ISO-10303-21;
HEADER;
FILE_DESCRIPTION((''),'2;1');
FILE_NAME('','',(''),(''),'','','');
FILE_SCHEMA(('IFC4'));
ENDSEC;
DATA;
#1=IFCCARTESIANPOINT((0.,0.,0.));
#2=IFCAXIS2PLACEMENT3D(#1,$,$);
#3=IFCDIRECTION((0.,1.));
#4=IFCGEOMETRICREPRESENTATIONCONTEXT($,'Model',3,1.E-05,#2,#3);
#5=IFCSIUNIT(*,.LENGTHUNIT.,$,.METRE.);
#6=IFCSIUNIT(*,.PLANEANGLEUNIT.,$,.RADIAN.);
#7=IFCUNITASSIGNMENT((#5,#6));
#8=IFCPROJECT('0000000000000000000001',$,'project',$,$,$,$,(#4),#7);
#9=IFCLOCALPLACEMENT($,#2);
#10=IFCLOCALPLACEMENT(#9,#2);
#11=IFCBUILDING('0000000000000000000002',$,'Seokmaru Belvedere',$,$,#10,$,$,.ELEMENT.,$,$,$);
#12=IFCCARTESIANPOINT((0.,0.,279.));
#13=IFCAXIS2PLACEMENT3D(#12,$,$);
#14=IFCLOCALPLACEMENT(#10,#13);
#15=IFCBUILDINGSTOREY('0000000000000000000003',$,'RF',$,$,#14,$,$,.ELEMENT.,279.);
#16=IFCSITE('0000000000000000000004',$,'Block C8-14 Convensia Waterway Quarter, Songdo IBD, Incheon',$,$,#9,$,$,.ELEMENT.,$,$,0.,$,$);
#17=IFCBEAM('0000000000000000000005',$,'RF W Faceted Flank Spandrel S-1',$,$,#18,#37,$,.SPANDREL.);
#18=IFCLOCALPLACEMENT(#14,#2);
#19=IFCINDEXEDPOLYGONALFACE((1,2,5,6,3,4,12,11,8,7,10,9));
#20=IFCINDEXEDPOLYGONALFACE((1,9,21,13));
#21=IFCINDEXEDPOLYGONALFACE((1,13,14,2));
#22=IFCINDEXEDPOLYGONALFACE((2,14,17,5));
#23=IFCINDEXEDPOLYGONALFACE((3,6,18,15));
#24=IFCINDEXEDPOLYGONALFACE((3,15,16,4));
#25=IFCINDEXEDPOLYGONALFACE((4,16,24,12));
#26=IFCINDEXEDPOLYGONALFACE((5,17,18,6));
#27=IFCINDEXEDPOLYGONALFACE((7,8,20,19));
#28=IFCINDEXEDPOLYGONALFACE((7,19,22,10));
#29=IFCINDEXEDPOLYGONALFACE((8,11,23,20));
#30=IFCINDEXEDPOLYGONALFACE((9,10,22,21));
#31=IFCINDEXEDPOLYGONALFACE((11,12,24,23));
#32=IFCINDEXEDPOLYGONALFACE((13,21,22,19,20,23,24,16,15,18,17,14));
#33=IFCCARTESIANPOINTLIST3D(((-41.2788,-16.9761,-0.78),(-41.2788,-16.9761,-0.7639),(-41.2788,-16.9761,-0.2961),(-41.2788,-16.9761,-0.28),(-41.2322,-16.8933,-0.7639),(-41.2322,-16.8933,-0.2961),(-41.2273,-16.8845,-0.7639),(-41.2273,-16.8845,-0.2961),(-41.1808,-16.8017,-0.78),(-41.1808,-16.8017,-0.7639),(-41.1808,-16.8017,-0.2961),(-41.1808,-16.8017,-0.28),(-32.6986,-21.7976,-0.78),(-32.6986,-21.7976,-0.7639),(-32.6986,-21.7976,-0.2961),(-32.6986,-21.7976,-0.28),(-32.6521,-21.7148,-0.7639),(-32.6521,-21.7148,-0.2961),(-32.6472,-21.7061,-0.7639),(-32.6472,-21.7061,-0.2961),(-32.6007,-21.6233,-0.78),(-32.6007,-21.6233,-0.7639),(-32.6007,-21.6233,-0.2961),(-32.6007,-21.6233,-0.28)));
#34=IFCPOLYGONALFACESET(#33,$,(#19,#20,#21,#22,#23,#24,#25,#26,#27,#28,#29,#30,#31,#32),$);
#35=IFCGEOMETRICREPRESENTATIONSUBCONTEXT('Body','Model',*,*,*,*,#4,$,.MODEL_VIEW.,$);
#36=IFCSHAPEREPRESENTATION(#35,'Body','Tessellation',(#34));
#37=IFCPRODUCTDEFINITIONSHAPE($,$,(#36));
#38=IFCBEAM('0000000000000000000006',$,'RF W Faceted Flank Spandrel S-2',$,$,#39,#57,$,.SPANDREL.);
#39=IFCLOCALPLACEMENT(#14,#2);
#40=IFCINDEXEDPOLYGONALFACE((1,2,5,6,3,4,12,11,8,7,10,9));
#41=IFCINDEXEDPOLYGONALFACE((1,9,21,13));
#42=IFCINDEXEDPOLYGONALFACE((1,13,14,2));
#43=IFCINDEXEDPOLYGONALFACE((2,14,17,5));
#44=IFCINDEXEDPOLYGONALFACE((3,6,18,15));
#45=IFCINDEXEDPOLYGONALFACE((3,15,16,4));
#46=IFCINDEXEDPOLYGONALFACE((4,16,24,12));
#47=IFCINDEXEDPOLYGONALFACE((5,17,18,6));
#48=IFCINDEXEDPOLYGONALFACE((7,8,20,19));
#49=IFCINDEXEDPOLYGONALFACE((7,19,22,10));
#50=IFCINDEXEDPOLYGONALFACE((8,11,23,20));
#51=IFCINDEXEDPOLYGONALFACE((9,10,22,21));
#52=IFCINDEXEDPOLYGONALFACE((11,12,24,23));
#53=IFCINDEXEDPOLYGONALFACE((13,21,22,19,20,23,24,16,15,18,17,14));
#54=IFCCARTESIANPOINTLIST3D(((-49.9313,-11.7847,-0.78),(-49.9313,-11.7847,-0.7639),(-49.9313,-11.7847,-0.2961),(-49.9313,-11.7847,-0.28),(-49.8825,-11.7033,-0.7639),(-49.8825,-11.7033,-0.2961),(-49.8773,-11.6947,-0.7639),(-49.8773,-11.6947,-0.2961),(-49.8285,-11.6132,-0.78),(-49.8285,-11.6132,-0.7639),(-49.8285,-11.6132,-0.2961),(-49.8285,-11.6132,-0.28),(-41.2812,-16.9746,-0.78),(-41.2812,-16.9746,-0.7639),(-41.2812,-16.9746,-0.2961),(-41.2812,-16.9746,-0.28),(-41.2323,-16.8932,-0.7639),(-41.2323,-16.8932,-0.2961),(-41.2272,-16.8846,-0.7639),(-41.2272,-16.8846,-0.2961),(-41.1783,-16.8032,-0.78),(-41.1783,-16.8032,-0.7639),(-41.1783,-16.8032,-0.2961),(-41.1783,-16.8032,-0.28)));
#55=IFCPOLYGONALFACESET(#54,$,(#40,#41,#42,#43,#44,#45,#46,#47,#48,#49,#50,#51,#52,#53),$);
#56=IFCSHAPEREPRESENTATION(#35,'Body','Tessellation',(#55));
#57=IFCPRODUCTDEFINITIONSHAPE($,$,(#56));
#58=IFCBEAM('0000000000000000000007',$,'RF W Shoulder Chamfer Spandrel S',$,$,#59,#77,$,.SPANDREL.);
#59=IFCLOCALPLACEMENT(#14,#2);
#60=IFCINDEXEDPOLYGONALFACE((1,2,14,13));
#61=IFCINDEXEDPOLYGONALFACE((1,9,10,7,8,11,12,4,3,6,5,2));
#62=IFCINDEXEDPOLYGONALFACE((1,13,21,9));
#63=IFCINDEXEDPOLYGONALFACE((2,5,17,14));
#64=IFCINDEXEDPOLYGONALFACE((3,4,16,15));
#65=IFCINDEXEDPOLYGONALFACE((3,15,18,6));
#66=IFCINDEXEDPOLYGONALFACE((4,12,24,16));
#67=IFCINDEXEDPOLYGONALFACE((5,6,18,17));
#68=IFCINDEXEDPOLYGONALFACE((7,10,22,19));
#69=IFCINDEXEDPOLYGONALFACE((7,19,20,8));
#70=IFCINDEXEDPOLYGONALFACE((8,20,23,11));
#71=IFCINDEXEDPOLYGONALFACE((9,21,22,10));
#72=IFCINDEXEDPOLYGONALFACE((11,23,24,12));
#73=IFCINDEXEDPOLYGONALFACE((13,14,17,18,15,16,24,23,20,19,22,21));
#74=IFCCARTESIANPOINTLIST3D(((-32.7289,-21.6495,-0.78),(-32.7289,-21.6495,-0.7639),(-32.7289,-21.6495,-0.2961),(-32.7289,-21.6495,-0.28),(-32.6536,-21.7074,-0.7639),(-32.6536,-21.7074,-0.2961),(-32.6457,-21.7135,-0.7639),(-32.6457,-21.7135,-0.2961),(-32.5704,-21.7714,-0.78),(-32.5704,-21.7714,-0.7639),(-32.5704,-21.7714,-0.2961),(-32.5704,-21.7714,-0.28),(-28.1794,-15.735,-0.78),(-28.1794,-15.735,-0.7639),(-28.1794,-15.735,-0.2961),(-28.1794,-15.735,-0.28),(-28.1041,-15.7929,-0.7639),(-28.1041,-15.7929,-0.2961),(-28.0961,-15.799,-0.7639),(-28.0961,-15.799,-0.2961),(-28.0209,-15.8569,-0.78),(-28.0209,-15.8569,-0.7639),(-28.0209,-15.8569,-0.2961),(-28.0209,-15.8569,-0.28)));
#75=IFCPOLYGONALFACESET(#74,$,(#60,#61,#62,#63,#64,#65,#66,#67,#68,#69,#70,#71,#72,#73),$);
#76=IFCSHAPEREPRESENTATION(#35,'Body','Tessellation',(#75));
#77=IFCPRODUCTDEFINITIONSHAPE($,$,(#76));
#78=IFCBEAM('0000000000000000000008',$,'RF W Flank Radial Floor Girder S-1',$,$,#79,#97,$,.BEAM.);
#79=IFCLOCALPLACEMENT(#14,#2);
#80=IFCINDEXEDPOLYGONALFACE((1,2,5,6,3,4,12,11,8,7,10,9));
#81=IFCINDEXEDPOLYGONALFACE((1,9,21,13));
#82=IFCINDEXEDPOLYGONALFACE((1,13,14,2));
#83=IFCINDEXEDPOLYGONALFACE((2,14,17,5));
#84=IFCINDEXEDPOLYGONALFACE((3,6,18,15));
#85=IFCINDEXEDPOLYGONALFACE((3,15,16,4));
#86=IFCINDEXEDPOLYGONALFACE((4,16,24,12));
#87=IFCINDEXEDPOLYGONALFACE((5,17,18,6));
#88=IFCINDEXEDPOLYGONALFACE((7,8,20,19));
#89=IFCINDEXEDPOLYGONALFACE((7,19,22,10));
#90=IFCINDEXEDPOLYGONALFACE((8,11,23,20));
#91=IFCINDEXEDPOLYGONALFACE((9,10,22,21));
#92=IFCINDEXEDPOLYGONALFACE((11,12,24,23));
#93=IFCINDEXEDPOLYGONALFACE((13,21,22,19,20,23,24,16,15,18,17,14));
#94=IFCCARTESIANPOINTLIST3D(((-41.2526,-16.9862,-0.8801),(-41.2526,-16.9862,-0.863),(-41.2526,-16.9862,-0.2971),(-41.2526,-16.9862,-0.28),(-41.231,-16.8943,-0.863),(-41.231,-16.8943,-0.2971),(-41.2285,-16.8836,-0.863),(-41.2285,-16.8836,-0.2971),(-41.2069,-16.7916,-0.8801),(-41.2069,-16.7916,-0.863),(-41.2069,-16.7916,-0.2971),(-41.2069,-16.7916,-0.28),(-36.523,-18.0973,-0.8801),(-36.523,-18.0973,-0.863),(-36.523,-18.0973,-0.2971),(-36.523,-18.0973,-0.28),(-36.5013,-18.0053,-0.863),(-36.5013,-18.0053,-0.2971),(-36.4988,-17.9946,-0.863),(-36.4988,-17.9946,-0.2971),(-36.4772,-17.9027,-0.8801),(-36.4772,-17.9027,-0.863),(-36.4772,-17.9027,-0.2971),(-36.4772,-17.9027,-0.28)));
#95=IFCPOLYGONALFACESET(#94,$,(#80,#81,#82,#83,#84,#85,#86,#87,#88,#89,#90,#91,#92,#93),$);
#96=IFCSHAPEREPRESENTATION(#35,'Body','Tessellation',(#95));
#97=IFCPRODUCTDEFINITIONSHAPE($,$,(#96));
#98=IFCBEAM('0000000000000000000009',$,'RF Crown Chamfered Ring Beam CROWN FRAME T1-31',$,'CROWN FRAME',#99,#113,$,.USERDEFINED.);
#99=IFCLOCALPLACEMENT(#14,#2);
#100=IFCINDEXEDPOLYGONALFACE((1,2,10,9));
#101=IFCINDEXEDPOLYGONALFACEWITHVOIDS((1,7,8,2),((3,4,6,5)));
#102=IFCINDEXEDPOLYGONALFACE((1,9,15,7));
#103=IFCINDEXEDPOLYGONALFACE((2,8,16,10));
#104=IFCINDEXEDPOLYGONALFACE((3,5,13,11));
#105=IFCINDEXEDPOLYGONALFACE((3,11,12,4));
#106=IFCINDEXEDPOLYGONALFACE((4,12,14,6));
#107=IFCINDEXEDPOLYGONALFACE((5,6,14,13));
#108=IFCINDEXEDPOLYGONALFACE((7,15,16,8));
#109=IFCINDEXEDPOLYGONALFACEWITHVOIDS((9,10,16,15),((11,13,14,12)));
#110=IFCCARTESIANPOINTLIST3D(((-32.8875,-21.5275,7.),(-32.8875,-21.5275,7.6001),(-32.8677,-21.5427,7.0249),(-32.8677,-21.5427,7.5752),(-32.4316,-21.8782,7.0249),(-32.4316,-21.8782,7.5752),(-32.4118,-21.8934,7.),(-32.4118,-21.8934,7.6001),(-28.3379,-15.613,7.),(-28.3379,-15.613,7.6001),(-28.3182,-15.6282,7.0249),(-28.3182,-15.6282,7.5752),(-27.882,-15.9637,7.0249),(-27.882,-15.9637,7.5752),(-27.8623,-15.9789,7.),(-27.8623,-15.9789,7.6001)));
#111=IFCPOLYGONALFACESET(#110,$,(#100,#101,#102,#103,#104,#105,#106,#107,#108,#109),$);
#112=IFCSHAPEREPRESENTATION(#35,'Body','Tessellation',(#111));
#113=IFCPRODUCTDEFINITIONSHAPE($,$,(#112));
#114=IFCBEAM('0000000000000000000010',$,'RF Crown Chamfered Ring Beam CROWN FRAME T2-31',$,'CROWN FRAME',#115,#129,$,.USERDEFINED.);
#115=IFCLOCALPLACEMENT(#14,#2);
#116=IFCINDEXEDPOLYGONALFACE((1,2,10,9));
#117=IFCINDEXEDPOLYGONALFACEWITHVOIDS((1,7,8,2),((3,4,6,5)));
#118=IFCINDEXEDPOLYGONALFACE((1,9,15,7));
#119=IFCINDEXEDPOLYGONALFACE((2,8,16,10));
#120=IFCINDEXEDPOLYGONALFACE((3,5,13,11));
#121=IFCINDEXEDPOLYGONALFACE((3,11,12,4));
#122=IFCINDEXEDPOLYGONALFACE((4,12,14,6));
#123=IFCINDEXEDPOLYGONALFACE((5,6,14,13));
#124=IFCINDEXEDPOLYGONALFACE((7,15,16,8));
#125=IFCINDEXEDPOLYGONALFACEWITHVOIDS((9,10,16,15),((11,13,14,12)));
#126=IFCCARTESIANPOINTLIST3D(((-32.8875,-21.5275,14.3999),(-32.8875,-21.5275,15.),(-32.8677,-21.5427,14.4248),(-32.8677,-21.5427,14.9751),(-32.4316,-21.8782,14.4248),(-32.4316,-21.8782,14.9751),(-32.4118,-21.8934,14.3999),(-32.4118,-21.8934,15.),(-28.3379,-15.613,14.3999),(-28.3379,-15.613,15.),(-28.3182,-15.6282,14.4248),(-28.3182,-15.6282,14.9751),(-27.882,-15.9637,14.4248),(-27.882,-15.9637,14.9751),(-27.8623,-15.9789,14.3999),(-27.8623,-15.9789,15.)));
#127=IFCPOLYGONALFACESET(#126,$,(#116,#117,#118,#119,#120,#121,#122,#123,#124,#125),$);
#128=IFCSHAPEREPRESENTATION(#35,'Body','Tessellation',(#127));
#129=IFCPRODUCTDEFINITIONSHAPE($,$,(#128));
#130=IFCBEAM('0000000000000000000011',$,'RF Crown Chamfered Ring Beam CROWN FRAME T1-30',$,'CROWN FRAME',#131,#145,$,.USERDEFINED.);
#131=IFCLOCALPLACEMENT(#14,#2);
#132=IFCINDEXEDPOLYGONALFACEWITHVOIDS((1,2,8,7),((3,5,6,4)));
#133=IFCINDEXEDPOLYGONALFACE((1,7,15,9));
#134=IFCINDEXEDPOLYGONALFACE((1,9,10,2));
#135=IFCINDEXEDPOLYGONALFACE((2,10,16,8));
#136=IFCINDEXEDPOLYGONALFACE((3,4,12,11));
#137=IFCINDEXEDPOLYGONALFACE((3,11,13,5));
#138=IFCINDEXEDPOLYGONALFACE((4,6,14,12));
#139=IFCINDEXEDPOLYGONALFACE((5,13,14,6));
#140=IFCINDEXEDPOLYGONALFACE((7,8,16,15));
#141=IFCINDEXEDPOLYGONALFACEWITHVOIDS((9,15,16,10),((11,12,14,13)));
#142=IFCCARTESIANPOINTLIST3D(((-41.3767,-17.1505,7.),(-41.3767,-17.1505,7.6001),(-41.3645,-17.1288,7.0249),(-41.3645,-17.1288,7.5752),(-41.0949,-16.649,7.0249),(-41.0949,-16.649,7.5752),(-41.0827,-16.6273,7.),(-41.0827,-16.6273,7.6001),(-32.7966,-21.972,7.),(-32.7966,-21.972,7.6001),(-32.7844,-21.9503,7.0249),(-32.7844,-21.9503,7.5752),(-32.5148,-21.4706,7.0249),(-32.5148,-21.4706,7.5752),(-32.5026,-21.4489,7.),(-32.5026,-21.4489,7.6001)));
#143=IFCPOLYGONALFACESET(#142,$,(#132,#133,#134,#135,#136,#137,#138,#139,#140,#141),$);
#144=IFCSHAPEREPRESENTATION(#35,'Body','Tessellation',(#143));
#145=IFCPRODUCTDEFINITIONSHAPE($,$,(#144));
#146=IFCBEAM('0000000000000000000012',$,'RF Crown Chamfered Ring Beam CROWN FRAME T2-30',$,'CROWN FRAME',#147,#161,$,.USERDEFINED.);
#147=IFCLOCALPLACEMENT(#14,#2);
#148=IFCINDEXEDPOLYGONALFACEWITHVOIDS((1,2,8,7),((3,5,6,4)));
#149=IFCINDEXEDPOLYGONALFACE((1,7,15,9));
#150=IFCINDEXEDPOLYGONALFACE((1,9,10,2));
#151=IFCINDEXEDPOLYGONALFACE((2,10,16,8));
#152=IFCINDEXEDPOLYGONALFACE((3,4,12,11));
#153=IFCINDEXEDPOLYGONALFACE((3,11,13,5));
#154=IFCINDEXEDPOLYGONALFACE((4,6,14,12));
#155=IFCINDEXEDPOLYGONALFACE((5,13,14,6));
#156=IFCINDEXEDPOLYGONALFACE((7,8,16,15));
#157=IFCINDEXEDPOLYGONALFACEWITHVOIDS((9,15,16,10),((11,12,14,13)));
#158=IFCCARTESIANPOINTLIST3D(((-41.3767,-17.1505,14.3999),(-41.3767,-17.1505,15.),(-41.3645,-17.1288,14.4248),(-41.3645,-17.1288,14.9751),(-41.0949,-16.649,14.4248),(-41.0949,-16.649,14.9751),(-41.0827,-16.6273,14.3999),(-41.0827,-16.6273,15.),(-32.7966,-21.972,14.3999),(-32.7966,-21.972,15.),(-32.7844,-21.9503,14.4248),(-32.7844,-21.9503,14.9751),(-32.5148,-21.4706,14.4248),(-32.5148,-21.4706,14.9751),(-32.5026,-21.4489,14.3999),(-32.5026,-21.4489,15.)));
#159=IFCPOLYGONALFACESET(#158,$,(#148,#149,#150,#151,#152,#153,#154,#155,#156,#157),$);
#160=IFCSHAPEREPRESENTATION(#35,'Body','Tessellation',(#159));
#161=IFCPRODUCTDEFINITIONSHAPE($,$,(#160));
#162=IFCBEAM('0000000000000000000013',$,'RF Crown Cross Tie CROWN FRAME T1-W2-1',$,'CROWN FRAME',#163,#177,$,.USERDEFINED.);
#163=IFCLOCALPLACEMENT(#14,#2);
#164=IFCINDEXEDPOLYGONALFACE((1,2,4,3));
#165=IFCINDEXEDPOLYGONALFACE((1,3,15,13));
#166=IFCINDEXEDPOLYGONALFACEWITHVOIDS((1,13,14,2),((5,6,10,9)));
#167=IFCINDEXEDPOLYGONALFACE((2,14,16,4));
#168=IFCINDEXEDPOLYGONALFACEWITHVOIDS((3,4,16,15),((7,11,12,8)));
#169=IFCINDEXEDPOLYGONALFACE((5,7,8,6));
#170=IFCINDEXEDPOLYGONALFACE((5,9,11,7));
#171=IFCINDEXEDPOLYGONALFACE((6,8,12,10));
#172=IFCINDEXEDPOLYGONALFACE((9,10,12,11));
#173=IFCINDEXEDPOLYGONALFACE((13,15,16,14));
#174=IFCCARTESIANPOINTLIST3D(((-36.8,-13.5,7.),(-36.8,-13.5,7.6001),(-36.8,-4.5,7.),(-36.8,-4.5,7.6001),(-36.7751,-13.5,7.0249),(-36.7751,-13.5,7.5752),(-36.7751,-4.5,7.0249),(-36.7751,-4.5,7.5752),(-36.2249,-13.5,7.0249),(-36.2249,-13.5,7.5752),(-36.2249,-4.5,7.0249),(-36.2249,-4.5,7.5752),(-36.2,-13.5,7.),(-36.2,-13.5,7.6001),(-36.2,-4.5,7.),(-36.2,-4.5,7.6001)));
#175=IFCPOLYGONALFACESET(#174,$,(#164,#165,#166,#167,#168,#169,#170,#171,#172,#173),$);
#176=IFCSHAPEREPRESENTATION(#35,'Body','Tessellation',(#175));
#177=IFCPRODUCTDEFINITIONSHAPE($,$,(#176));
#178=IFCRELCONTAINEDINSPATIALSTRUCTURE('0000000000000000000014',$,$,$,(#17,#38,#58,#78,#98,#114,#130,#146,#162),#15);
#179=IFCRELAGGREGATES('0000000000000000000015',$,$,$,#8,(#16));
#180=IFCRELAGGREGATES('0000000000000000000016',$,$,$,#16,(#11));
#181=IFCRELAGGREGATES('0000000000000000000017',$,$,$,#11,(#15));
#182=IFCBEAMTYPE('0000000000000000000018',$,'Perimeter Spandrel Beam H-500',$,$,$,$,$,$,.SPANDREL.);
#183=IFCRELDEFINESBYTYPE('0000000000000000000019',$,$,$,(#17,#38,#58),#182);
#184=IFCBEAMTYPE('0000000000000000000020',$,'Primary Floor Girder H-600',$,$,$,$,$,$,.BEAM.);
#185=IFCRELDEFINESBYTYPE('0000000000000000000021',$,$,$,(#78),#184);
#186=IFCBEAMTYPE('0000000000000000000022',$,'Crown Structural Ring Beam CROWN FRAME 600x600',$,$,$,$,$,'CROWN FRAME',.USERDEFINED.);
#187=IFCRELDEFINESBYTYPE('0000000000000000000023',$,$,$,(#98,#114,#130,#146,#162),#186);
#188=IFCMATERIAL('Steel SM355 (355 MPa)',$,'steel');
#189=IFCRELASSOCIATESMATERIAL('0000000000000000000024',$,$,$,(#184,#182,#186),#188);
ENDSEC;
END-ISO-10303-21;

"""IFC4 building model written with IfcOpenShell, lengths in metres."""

from ifc_helpers import new_model, si_unit, direction, frame, origin, origin_2d, place, context, subcontext, project, spatial, hollow_rectangle, i_section, extrude, source, transform, mapped, material, material_profile, profile_set, type_object, type_shapes, element, save


model = new_model("IFC4")

# Units and contexts
model_context = context("Model", 3, precision=1e-05, world=origin(), true_north=direction((0.0, 1.0)))
body_context = subcontext(model_context, "Body", "Model", "MODEL_VIEW")
ifc_project = project(units=[si_unit("LENGTHUNIT", "METRE"), si_unit("PLANEANGLEUNIT", "RADIAN")], contexts=[model_context])

# Site, building, storey
site_placement = place(None, origin())
site = spatial("IfcSite", under=ifc_project, at=site_placement, Name="Block C8-14 Convensia Waterway Quarter, Songdo IBD, Incheon", CompositionType="ELEMENT", RefElevation=0.0)
building_placement = place(site_placement, origin())
building = spatial("IfcBuilding", under=site, at=building_placement, Name="Seokmaru Belvedere", CompositionType="ELEMENT")
storey_placement = place(building_placement, frame((0.0, 0.0, 279.0)))
storey = spatial("IfcBuildingStorey", under=building, at=storey_placement, Name="RF", CompositionType="ELEMENT", Elevation=279.0)

# Shared definitions
ifc_material_1 = material(Name="Steel SM355 (355 MPa)", Category="steel")

# Beams
ifc_material_profile_1 = material_profile(ifc_material_1, i_section(OverallWidth=0.2, OverallDepth=0.6001, WebThickness=0.011, FlangeThickness=0.0171, at=origin_2d()), Name="H-600x200x11x17")
ifc_profile_set_1 = profile_set([ifc_material_profile_1], Name="Steel SM355 (355 MPa)")
beam_type_1 = type_object("IfcBeamType", Name="Primary Floor Girder H-600", PredefinedType="BEAM", material=ifc_profile_set_1)
ifc_material_profile_2 = material_profile(ifc_material_1, i_section(OverallWidth=0.2, OverallDepth=0.5, WebThickness=0.01, FlangeThickness=0.0161, at=origin_2d()), Name="H-500x200x10x16")
ifc_profile_set_2 = profile_set([ifc_material_profile_2], Name="Steel SM355 (355 MPa)")
beam_type_2 = type_object("IfcBeamType", Name="Perimeter Spandrel Beam H-500", PredefinedType="SPANDREL", material=ifc_profile_set_2)
shared_shape_1 = source(origin(), body_context, "Body", "SweptSolid", [
    extrude(i_section(OverallWidth=0.2, OverallDepth=0.5, WebThickness=0.01, FlangeThickness=0.0161, at=origin_2d()), origin(), (0.0, 0.0, 1.0), 9.842),
])
beam_1_placement = place(storey_placement, frame((-32.6497, -21.7104, -0.53), z_axis=(-0.871782, 0.489894, 0.0), x_axis=(-0.489894, -0.871782, 0.0)))
element("IfcBeam", 1, at=beam_1_placement, inside=storey, type_object=beam_type_2, Name="RF W Faceted Flank Spandrel S-1", PredefinedType="SPANDREL", context=body_context, shape_type="MappedRepresentation", body=[
    mapped(shared_shape_1, transform((0.0, 0.0, 0.0), scale=1.0)),
])
shared_shape_2 = source(origin(), body_context, "Body", "SweptSolid", [
    extrude(i_section(OverallWidth=0.2, OverallDepth=0.5, WebThickness=0.01, FlangeThickness=0.0161, at=origin_2d()), origin(), (0.0, 0.0, 1.0), 10.0876),
])
beam_2_placement = place(storey_placement, frame((-41.2297, -16.8889, -0.53), z_axis=(-0.857499, 0.514485, 0.0), x_axis=(-0.514485, -0.857499, 0.0)))
element("IfcBeam", 2, at=beam_2_placement, inside=storey, type_object=beam_type_2, Name="RF W Faceted Flank Spandrel S-2", PredefinedType="SPANDREL", context=body_context, shape_type="MappedRepresentation", body=[
    mapped(shared_shape_2, transform((0.0, 0.0, 0.0), scale=1.0)),
])
shared_shape_3 = source(origin(), body_context, "Body", "SweptSolid", [
    extrude(i_section(OverallWidth=0.2, OverallDepth=0.5, WebThickness=0.01, FlangeThickness=0.0161, at=origin_2d()), origin(), (0.0, 0.0, 1.0), 7.4619),
])
type_shapes(beam_type_2, [shared_shape_1, shared_shape_2, shared_shape_3])
beam_3_placement = place(storey_placement, frame((-32.6497, -21.7104, -0.53), z_axis=(0.609703, 0.79263, 0.0), x_axis=(-0.79263, 0.609703, 0.0)))
element("IfcBeam", 3, at=beam_3_placement, inside=storey, type_object=beam_type_2, Name="RF W Shoulder Chamfer Spandrel S", PredefinedType="SPANDREL", context=body_context, shape_type="MappedRepresentation", body=[
    mapped(shared_shape_3, transform((0.0, 0.0, 0.0), scale=1.0)),
])
shared_shape_4 = source(origin(), body_context, "Body", "SweptSolid", [
    extrude(i_section(OverallWidth=0.2, OverallDepth=0.6001, WebThickness=0.011, FlangeThickness=0.0171, at=origin_2d()), origin(), (0.0, 0.0, 1.0), 4.8584),
])
beam_4_placement = place(storey_placement, frame((-41.2297, -16.8889, -0.5801), z_axis=(0.973499, -0.228689, 0.0), x_axis=(0.228689, 0.973499, 0.0)))
element("IfcBeam", 4, at=beam_4_placement, inside=storey, type_object=beam_type_1, Name="RF W Flank Radial Floor Girder S-1", PredefinedType="BEAM", context=body_context, shape_type="MappedRepresentation", body=[
    mapped(shared_shape_4, transform((0.0, 0.0, 0.0), scale=1.0)),
])
ifc_material_profile_3 = material_profile(ifc_material_1, hollow_rectangle(XDim=0.6001, YDim=0.6001, WallThickness=0.0249, at=origin_2d()), Name="HSS-600x600x25")
ifc_profile_set_3 = profile_set([ifc_material_profile_3], Name="Steel SM355 (355 MPa)")
beam_type_3 = type_object("IfcBeamType", Name="Crown Structural Ring Beam CROWN FRAME 600x600", ElementType="CROWN FRAME", PredefinedType="USERDEFINED", material=ifc_profile_set_3)
shared_shape_5 = source(origin(), body_context, "Body", "SweptSolid", [
    extrude(hollow_rectangle(XDim=0.6001, YDim=0.6001, WallThickness=0.0249, at=origin_2d()), origin(), (0.0, 0.0, 1.0), 7.4619),
])
for number, where, z_axis, x_axis, name in (
    (5, (-32.6497, -21.7104, 7.3), (0.609703, 0.79263, 0.0), (-0.79263, 0.609703, 0.0), "RF Crown Chamfered Ring Beam CROWN FRAME T1-31"),
    (6, (-32.6497, -21.7104, 14.7), (0.609703, 0.79263, 0.0), (-0.79263, 0.609703, 0.0), "RF Crown Chamfered Ring Beam CROWN FRAME T2-31"),
):
    element("IfcBeam", number, at=place(storey_placement, frame(where, z_axis=z_axis, x_axis=x_axis)), inside=storey, type_object=beam_type_3, Name=name, ObjectType="CROWN FRAME", PredefinedType="USERDEFINED", context=body_context, shape_type="MappedRepresentation", body=[
        mapped(shared_shape_5, transform((0.0, 0.0, 0.0), scale=1.0)),
    ])
shared_shape_6 = source(origin(), body_context, "Body", "SweptSolid", [
    extrude(hollow_rectangle(XDim=0.6001, YDim=0.6001, WallThickness=0.0249, at=origin_2d()), origin(), (0.0, 0.0, 1.0), 9.842),
])
for number, where, z_axis, x_axis, name in (
    (7, (-41.2297, -16.8889, 7.3), (0.871782, -0.489894, 0.0), (0.489894, 0.871782, 0.0), "RF Crown Chamfered Ring Beam CROWN FRAME T1-30"),
    (8, (-41.2297, -16.8889, 14.7), (0.871782, -0.489894, 0.0), (0.489894, 0.871782, 0.0), "RF Crown Chamfered Ring Beam CROWN FRAME T2-30"),
):
    element("IfcBeam", number, at=place(storey_placement, frame(where, z_axis=z_axis, x_axis=x_axis)), inside=storey, type_object=beam_type_3, Name=name, ObjectType="CROWN FRAME", PredefinedType="USERDEFINED", context=body_context, shape_type="MappedRepresentation", body=[
        mapped(shared_shape_6, transform((0.0, 0.0, 0.0), scale=1.0)),
    ])
shared_shape_7 = source(origin(), body_context, "Body", "SweptSolid", [
    extrude(hollow_rectangle(XDim=0.6001, YDim=0.6001, WallThickness=0.0249, at=origin_2d()), origin(), (0.0, 0.0, 1.0), 9.0),
])
for number, where, z_axis, x_axis, name in (
    (9, (-36.5, -13.5, 7.3), (0.0, 1.0, 0.0), (-1.0, 0.0, 0.0), "RF Crown Cross Tie CROWN FRAME T1-W2-1"),
):
    element("IfcBeam", number, at=place(storey_placement, frame(where, z_axis=z_axis, x_axis=x_axis)), inside=storey, type_object=beam_type_3, Name=name, ObjectType="CROWN FRAME", PredefinedType="USERDEFINED", context=body_context, shape_type="MappedRepresentation", body=[
        mapped(shared_shape_7, transform((0.0, 0.0, 0.0), scale=1.0)),
    ])

save(model, "model.ifc")
